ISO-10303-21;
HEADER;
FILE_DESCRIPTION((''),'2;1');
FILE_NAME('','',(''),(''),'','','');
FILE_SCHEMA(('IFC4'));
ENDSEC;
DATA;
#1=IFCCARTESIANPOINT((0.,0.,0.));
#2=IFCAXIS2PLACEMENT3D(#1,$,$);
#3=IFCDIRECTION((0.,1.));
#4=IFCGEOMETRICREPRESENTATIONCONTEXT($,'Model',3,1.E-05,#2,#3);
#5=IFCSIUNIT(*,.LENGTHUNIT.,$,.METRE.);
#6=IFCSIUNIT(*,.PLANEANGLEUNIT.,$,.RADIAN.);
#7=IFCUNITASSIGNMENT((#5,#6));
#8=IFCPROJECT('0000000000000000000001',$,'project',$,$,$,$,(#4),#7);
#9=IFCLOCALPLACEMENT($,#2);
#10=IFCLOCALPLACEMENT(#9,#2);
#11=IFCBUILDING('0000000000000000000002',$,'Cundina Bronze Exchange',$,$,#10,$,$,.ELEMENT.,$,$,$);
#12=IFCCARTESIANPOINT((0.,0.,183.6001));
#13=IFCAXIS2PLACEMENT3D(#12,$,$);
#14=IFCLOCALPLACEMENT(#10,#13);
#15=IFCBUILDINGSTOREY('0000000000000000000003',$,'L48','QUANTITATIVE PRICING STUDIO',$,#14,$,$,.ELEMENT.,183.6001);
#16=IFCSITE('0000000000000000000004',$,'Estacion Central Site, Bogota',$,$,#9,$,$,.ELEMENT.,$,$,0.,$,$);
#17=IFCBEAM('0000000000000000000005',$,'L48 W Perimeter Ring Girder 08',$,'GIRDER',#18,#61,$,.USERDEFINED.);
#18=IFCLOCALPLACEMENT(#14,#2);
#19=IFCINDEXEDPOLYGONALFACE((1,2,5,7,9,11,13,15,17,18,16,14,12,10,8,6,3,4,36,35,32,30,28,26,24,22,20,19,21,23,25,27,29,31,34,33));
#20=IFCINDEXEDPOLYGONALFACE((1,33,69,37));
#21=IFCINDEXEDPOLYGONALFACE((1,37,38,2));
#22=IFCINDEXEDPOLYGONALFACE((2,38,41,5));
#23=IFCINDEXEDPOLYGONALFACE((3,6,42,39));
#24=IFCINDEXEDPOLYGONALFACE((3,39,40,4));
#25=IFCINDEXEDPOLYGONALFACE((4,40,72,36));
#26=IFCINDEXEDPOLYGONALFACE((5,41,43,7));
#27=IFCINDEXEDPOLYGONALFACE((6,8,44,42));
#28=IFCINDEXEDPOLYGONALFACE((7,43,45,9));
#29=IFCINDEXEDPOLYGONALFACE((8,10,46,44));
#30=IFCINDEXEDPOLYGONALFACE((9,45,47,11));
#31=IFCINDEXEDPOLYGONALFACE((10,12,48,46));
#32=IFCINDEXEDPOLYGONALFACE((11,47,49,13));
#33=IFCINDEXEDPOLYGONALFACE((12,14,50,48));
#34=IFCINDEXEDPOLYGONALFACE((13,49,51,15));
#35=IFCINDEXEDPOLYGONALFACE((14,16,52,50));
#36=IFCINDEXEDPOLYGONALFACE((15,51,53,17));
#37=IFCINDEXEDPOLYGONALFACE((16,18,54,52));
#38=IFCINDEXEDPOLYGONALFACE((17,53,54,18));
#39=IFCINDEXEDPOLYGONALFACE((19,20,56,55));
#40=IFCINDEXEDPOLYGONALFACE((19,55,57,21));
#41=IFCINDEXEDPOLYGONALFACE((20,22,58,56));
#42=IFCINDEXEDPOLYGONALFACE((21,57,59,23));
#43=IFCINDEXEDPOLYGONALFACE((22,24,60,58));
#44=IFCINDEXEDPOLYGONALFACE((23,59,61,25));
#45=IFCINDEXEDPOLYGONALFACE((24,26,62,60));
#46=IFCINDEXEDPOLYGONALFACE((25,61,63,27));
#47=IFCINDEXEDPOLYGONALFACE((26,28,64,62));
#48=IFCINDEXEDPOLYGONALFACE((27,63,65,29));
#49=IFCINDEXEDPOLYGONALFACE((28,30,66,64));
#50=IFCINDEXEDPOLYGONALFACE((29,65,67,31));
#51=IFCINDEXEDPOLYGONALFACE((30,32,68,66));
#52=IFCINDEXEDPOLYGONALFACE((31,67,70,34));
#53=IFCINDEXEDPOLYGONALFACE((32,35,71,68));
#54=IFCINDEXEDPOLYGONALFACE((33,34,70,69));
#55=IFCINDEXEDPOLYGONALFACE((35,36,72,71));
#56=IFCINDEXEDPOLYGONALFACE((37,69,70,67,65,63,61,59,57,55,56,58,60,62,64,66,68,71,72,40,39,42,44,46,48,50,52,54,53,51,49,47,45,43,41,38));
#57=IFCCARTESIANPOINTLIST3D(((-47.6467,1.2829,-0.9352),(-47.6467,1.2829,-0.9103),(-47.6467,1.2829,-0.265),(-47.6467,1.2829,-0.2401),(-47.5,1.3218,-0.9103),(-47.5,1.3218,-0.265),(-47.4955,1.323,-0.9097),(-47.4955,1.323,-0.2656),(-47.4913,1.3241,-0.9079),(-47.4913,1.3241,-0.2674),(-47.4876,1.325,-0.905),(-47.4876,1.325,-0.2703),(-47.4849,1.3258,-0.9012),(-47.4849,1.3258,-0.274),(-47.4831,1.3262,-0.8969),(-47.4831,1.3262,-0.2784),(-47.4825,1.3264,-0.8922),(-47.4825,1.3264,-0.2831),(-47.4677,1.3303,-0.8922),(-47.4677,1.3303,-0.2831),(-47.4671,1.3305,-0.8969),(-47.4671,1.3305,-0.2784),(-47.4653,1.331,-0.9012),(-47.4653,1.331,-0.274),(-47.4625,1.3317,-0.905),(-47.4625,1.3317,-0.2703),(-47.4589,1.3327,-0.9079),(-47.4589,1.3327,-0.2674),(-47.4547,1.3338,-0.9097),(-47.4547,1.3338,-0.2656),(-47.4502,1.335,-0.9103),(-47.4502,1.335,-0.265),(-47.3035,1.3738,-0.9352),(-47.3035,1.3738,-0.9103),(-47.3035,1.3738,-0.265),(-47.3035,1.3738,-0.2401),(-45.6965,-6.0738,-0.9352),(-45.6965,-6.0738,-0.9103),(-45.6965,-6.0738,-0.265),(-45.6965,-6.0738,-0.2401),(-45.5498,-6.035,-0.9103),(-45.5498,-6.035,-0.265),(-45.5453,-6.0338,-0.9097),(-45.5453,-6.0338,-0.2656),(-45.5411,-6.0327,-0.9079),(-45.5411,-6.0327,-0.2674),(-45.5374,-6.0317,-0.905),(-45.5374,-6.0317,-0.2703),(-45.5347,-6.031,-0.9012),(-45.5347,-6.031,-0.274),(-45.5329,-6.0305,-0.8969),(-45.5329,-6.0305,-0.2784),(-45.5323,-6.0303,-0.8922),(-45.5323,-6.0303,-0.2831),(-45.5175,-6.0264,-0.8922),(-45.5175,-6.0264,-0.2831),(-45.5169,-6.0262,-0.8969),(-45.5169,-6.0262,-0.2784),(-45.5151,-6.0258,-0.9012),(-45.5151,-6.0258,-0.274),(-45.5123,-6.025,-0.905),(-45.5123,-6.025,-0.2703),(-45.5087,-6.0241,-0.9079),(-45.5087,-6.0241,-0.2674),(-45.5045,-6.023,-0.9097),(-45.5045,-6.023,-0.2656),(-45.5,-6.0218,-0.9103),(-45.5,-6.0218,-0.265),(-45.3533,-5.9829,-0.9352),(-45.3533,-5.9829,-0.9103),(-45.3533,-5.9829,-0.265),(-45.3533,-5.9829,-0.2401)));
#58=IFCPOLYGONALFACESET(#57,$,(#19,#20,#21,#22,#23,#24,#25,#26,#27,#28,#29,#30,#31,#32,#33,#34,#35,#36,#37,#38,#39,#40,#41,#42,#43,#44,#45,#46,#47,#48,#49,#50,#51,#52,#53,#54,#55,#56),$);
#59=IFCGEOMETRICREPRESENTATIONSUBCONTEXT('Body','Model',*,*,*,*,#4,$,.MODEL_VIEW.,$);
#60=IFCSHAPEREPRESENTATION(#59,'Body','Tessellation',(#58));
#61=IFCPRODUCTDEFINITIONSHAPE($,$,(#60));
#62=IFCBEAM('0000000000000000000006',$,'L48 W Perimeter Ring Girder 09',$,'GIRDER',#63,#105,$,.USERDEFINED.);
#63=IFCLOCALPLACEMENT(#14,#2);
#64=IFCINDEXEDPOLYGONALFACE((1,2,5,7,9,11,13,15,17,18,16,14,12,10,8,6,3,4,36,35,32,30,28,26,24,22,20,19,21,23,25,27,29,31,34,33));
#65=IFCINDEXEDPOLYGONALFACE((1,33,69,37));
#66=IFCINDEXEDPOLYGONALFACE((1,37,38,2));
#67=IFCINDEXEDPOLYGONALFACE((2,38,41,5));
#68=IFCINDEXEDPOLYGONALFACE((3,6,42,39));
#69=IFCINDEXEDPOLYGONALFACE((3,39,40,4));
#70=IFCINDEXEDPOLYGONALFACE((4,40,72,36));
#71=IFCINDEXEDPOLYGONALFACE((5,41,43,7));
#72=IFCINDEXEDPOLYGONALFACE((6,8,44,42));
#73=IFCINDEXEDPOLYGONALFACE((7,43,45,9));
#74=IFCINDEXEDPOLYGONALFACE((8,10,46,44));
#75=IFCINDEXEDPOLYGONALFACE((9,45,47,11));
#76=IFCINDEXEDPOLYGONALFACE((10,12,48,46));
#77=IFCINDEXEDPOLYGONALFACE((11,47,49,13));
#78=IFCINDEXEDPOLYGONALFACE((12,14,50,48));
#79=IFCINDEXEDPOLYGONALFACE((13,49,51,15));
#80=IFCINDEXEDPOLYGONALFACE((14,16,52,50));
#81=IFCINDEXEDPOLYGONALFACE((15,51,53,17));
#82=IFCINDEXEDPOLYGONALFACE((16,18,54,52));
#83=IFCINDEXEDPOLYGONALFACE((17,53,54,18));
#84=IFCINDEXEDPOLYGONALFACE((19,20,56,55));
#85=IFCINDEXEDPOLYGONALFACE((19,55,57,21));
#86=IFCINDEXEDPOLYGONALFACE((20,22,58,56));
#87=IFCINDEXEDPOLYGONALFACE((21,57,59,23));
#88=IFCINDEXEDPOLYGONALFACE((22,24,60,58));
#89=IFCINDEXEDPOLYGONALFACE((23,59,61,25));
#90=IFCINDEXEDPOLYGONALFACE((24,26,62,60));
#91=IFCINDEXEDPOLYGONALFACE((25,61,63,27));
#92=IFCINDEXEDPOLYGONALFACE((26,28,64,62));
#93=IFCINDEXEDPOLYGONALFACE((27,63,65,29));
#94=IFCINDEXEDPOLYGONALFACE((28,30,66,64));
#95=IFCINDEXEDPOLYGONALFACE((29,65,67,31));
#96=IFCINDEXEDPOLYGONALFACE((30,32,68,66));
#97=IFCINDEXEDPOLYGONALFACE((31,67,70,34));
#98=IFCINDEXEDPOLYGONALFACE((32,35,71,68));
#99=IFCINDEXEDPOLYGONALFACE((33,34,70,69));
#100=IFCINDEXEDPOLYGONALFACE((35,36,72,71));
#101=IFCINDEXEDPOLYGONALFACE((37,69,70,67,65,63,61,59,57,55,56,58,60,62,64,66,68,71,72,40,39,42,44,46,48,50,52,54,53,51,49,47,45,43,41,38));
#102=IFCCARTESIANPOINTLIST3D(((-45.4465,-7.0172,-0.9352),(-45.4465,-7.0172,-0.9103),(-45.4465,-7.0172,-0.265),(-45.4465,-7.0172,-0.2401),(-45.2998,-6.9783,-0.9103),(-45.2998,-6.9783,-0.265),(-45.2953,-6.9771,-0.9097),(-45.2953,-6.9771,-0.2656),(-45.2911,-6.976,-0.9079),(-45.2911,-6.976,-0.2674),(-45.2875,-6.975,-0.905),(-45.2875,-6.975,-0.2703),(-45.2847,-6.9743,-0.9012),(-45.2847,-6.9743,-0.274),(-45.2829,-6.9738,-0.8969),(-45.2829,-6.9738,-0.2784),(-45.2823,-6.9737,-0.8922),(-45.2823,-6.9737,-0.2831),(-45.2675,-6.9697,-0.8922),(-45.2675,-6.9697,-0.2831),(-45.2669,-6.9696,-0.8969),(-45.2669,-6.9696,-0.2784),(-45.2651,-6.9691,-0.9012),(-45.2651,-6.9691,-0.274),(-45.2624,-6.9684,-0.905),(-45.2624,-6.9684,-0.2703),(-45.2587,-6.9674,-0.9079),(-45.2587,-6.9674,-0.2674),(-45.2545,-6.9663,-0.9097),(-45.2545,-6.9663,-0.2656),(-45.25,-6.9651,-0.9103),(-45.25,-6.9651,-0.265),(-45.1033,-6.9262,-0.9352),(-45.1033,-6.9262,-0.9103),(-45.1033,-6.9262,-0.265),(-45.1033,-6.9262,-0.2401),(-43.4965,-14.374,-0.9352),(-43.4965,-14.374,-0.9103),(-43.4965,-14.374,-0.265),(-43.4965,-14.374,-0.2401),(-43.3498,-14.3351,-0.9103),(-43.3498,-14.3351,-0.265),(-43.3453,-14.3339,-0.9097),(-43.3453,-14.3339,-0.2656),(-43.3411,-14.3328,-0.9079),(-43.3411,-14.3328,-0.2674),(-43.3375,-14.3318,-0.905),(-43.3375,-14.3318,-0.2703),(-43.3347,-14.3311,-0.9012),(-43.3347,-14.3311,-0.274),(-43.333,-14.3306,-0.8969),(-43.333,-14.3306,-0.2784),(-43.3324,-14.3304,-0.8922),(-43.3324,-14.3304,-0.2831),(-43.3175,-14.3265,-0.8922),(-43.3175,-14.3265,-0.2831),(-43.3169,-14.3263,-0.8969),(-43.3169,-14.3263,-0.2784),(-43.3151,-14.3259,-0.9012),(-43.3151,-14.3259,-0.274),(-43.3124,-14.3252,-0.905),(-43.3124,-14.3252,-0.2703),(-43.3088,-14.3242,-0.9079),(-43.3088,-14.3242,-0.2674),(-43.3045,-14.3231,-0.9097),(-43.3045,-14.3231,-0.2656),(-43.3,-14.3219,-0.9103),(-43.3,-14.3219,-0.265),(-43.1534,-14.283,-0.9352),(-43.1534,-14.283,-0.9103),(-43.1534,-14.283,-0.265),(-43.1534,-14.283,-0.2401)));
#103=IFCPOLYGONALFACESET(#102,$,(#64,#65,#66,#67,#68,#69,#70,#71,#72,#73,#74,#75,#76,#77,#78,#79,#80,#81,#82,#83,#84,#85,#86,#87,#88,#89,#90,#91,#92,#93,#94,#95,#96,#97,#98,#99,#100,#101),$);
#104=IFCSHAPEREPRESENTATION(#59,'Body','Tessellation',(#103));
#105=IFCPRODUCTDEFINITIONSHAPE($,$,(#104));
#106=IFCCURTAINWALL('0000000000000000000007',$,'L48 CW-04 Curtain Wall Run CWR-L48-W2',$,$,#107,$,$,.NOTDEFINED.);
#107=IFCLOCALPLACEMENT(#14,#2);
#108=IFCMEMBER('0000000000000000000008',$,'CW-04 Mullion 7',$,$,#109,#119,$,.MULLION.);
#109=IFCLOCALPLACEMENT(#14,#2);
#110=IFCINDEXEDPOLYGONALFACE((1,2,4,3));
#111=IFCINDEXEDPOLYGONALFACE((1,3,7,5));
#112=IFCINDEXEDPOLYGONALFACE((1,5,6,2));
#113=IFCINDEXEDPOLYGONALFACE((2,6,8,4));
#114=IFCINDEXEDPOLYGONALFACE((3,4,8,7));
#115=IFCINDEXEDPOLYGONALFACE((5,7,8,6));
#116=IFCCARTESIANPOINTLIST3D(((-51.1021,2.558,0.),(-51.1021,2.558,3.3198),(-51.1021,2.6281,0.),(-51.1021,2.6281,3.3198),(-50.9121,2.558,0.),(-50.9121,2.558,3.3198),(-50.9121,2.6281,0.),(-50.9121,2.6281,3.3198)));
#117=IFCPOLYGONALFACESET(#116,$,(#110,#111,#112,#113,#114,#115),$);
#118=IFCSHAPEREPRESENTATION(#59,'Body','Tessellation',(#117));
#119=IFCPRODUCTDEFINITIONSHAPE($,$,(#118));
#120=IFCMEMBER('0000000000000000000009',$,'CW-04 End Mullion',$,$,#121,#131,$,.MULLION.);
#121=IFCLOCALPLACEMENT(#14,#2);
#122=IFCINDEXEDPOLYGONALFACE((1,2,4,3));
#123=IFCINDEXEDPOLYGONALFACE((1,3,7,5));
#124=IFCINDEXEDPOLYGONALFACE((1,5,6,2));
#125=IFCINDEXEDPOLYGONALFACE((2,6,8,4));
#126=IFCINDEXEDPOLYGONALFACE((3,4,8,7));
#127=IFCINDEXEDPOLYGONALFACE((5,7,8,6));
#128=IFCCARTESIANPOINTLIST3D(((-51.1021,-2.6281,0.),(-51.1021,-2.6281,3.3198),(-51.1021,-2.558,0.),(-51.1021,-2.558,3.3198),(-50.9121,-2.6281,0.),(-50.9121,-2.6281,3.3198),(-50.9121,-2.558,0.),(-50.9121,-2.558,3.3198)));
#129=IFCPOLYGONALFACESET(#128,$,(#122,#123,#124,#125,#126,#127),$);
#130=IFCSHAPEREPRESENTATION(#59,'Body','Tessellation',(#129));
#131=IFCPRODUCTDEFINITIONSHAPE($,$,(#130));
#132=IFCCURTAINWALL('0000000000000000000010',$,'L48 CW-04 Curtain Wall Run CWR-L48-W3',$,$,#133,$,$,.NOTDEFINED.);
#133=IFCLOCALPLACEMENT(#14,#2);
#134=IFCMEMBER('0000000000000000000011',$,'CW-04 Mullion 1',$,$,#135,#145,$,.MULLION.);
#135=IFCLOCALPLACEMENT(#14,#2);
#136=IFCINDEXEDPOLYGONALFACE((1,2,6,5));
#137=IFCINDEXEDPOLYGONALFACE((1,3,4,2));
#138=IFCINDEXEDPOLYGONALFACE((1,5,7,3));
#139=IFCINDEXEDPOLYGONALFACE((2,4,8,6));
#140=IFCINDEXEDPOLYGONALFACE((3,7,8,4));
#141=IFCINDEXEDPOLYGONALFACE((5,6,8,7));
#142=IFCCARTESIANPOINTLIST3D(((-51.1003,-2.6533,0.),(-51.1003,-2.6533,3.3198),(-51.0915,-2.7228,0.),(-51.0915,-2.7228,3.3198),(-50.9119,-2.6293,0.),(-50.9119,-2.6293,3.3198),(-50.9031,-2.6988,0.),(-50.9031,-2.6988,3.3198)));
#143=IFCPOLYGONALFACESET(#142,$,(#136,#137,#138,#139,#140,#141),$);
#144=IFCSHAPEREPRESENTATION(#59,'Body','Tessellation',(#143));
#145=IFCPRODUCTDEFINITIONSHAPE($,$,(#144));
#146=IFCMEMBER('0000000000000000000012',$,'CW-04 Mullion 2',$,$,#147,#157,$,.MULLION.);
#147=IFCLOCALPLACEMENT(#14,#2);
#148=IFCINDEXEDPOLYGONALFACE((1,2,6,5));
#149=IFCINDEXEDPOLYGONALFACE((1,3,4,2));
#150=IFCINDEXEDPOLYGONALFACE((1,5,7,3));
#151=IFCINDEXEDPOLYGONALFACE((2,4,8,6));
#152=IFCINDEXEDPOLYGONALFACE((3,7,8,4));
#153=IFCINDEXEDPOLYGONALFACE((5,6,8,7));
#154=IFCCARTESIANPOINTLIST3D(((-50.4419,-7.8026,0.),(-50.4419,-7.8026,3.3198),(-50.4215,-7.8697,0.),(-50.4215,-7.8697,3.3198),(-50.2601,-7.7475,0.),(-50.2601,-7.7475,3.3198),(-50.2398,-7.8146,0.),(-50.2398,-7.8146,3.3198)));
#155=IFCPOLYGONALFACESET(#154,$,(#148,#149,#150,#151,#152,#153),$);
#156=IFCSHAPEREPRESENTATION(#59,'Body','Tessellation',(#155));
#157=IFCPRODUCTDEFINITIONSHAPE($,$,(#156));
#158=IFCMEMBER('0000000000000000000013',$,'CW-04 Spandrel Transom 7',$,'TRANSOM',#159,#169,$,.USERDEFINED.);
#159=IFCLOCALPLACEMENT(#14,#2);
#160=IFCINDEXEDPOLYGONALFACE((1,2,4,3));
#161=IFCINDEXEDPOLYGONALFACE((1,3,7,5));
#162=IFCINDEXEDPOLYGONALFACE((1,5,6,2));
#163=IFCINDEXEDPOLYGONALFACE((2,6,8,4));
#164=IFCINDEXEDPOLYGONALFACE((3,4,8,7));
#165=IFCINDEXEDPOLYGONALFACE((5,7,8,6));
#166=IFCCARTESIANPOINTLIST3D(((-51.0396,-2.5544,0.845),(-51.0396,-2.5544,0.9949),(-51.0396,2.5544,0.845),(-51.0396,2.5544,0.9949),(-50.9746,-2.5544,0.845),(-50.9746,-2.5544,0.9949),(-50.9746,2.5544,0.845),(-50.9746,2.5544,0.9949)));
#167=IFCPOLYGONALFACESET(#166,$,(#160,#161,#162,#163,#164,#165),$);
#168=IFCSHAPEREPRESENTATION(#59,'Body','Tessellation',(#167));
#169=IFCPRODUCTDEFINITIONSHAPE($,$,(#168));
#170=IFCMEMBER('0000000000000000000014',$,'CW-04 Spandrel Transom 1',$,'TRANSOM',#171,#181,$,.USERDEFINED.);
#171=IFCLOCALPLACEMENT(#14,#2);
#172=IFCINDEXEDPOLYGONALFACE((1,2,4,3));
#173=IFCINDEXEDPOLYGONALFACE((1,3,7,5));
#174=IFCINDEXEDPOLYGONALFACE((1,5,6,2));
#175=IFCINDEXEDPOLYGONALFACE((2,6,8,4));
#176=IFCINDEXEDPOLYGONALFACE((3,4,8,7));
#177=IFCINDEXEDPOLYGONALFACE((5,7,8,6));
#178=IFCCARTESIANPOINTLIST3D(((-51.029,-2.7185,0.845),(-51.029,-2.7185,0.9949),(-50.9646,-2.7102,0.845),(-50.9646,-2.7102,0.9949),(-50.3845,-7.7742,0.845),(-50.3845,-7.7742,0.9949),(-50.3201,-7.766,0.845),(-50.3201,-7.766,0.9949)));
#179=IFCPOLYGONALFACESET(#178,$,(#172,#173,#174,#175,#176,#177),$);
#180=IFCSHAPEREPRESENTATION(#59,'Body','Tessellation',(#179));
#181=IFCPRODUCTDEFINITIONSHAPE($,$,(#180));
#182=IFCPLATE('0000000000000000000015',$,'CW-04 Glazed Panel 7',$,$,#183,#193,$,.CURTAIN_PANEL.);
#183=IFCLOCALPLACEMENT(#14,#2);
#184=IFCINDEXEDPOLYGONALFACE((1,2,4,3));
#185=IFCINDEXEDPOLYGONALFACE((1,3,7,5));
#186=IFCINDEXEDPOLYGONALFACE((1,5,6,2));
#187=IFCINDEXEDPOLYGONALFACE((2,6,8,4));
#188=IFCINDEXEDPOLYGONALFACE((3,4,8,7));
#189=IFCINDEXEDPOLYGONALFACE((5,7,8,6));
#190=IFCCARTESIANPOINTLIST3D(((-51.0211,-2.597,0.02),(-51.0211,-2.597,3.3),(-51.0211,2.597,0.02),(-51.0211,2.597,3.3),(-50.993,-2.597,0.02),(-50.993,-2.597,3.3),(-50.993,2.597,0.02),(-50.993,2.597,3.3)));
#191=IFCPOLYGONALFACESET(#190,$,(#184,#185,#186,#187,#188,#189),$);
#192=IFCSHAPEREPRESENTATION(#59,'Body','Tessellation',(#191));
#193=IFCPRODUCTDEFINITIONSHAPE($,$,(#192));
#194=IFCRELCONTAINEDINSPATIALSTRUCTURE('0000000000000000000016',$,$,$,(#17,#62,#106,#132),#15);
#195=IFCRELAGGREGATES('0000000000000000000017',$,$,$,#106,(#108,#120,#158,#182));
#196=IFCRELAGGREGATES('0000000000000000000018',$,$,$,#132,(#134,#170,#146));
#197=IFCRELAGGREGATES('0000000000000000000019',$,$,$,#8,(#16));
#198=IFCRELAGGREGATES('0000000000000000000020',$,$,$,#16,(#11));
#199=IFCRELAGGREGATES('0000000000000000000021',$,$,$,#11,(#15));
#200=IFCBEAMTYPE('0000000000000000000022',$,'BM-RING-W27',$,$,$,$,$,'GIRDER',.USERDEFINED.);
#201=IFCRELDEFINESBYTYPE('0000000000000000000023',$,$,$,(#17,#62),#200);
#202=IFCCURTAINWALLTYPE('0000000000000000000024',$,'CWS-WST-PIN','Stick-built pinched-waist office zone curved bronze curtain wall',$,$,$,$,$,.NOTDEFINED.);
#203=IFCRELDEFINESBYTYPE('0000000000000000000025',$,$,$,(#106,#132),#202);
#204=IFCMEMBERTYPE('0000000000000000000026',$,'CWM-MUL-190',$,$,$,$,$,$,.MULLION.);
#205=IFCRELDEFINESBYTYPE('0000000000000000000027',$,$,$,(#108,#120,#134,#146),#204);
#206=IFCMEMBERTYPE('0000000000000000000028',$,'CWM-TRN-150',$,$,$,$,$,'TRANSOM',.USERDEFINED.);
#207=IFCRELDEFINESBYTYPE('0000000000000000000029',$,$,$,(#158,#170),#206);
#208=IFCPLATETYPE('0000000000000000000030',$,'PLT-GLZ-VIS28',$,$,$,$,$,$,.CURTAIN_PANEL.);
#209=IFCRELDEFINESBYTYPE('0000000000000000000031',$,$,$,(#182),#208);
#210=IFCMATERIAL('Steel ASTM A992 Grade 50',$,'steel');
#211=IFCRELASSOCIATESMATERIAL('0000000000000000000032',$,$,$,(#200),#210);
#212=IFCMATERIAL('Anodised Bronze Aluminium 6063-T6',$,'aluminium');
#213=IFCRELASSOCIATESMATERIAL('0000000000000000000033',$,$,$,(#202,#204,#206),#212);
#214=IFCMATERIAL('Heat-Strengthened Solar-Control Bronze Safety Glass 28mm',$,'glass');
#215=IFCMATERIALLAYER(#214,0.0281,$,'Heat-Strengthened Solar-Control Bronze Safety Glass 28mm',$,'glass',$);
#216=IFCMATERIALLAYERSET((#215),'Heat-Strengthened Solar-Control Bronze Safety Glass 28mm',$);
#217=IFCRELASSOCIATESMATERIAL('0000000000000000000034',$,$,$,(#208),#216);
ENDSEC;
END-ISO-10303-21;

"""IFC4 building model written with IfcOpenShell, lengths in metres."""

from ifc_helpers import new_model, si_unit, direction, frame, origin, origin_2d, place, context, subcontext, project, spatial, rectangle, i_section, extrude, material, layer, layer_set, material_profile, profile_set, type_object, element, aggregate, save


model = new_model("IFC4")

# Units and contexts
model_context = context("Model", 3, precision=1e-05, world=origin(), true_north=direction((0.0, 1.0)))
body_context = subcontext(model_context, "Body", "Model", "MODEL_VIEW")
ifc_project = project(units=[si_unit("LENGTHUNIT", "METRE"), si_unit("PLANEANGLEUNIT", "RADIAN")], contexts=[model_context])

# Site, building, storey
site_placement = place(None, origin())
site = spatial("IfcSite", under=ifc_project, at=site_placement, Name="Estacion Central Site, Bogota", CompositionType="ELEMENT", RefElevation=0.0)
building_placement = place(site_placement, origin())
building = spatial("IfcBuilding", under=site, at=building_placement, Name="Cundina Bronze Exchange", CompositionType="ELEMENT")
storey_placement = place(building_placement, frame((0.0, 0.0, 183.6001)))
storey = spatial("IfcBuildingStorey", under=building, at=storey_placement, Name="L48", Description="QUANTITATIVE PRICING STUDIO", CompositionType="ELEMENT", Elevation=183.6001)

# Beams
ifc_material_1 = material(Name="Steel ASTM A992 Grade 50", Category="steel")
ifc_material_profile_1 = material_profile(ifc_material_1, i_section(OverallWidth=0.355, OverallDepth=0.6951, WebThickness=0.0154, FlangeThickness=0.0249, FilletRadius=0.0181, at=origin_2d()), Name="W27X146", Category="steel")
ifc_profile_set_1 = profile_set([ifc_material_profile_1], Name="Steel ASTM A992 Grade 50")
beam_type_1 = type_object("IfcBeamType", Name="BM-RING-W27", ElementType="GIRDER", PredefinedType="USERDEFINED", material=ifc_profile_set_1)
for number, where, z_axis, x_axis, name in (
    (1, (-47.4751, 1.3284, -0.5876), (0.256241, -0.966613, 0.0), (0.966613, 0.256241, 0.0), "L48 W Perimeter Ring Girder 08"),
    (2, (-45.2749, -6.9717, -0.5876), (0.256211, -0.966621, 0.0), (0.966621, 0.256211, 0.0), "L48 W Perimeter Ring Girder 09"),
):
    element("IfcBeam", number, at=place(storey_placement, frame(where, z_axis=z_axis, x_axis=x_axis)), inside=storey, type_object=beam_type_1, Name=name, ObjectType="GIRDER", PredefinedType="USERDEFINED", context=body_context, shape_type="SweptSolid", body=[
        extrude(i_section(OverallWidth=0.355, OverallDepth=0.6951, WebThickness=0.0154, FlangeThickness=0.0249, FilletRadius=0.0181, at=origin_2d()), origin(), (0.0, 0.0, 1.0), 7.6108),
    ])

# Curtain walls, members
ifc_material_2 = material(Name="Anodised Bronze Aluminium 6063-T6", Category="aluminium")
curtain_wall_type = type_object("IfcCurtainWallType", Name="CWS-WST-PIN", Description="Stick-built pinched-waist office zone curved bronze curtain wall", PredefinedType="NOTDEFINED", material=ifc_material_2)
curtain_wall_1_placement = place(storey_placement, origin())
curtain_wall_1 = element("IfcCurtainWall", 3, at=curtain_wall_1_placement, inside=storey, type_object=curtain_wall_type, Name="L48 CW-04 Curtain Wall Run CWR-L48-W2", PredefinedType="NOTDEFINED")
ifc_material_profile_2 = material_profile(ifc_material_2, rectangle(XDim=0.0701, YDim=0.1899, at=origin_2d()), Name="AL70X190", Category="aluminium")
ifc_profile_set_2 = profile_set([ifc_material_profile_2], Name="Anodised Bronze Aluminium 6063-T6")
member_type_1 = type_object("IfcMemberType", Name="CWM-MUL-190", PredefinedType="MULLION", material=ifc_profile_set_2)
member_1_placement = place(storey_placement, frame((-51.0071, 2.593, 0.0), z_axis=(0.0, 0.0, 1.0), x_axis=(0.0, -1.0, 0.0)))
member_1 = element("IfcMember", 4, at=member_1_placement, type_object=member_type_1, Name="CW-04 Mullion 7", PredefinedType="MULLION", context=body_context, shape_type="SweptSolid", body=[
    extrude(rectangle(XDim=0.0701, YDim=0.1899, at=origin_2d()), origin(), (0.0, 0.0, 1.0), 3.3198),
])
member_2_placement = place(storey_placement, frame((-51.0071, -2.593, 0.0), z_axis=(0.0, 0.0, 1.0), x_axis=(0.0, -1.0, 0.0)))
member_2 = element("IfcMember", 5, at=member_2_placement, type_object=member_type_1, Name="CW-04 End Mullion", PredefinedType="MULLION", context=body_context, shape_type="SweptSolid", body=[
    extrude(rectangle(XDim=0.0701, YDim=0.1899, at=origin_2d()), origin(), (0.0, 0.0, 1.0), 3.3198),
])
curtain_wall_2_placement = place(storey_placement, origin())
curtain_wall_2 = element("IfcCurtainWall", 6, at=curtain_wall_2_placement, inside=storey, type_object=curtain_wall_type, Name="L48 CW-04 Curtain Wall Run CWR-L48-W3", PredefinedType="NOTDEFINED")
member_3_placement = place(storey_placement, frame((-51.0017, -2.676, 0.0), z_axis=(0.0, 0.0, 1.0), x_axis=(0.126545, -0.991961, 0.0)))
member_3 = element("IfcMember", 7, at=member_3_placement, type_object=member_type_1, Name="CW-04 Mullion 1", PredefinedType="MULLION", context=body_context, shape_type="SweptSolid", body=[
    extrude(rectangle(XDim=0.0701, YDim=0.1899, at=origin_2d()), origin(), (0.0, 0.0, 1.0), 3.3198),
])
member_4_placement = place(storey_placement, frame((-50.3408, -7.8086, 0.0), z_axis=(0.0, 0.0, 1.0), x_axis=(0.290034, -0.957016, 0.0)))
member_4 = element("IfcMember", 8, at=member_4_placement, type_object=member_type_1, Name="CW-04 Mullion 2", PredefinedType="MULLION", context=body_context, shape_type="SweptSolid", body=[
    extrude(rectangle(XDim=0.0701, YDim=0.1899, at=origin_2d()), origin(), (0.0, 0.0, 1.0), 3.3198),
])

# Members
ifc_material_profile_3 = material_profile(ifc_material_2, rectangle(XDim=0.0649, YDim=0.1499, at=origin_2d()), Name="AL65X150", Category="aluminium")
ifc_profile_set_3 = profile_set([ifc_material_profile_3], Name="Anodised Bronze Aluminium 6063-T6")
member_type_2 = type_object("IfcMemberType", Name="CWM-TRN-150", ElementType="TRANSOM", PredefinedType="USERDEFINED", material=ifc_profile_set_3)
member_5_placement = place(storey_placement, frame((-51.0071, 2.5544, 0.9199), z_axis=(0.0, -1.0, 0.0), x_axis=(1.0, 0.0, 0.0)))
member_5 = element("IfcMember", 9, at=member_5_placement, type_object=member_type_2, Name="CW-04 Spandrel Transom 7", ObjectType="TRANSOM", PredefinedType="USERDEFINED", context=body_context, shape_type="SweptSolid", body=[
    extrude(rectangle(XDim=0.0649, YDim=0.1499, at=origin_2d()), origin(), (0.0, 0.0, 1.0), 5.1089),
])
member_6_placement = place(storey_placement, frame((-50.9968, -2.7144, 0.9199), z_axis=(0.126463, -0.991971, 0.0), x_axis=(0.991971, 0.126463, 0.0)))
member_6 = element("IfcMember", 10, at=member_6_placement, type_object=member_type_2, Name="CW-04 Spandrel Transom 1", ObjectType="TRANSOM", PredefinedType="USERDEFINED", context=body_context, shape_type="SweptSolid", body=[
    extrude(rectangle(XDim=0.0649, YDim=0.1499, at=origin_2d()), origin(), (0.0, 0.0, 1.0), 5.0967),
])

# Plate
ifc_material_3 = material(Name="Heat-Strengthened Solar-Control Bronze Safety Glass 28mm", Category="glass")
ifc_layer_1 = layer(ifc_material_3, 0.0281, Name="Heat-Strengthened Solar-Control Bronze Safety Glass 28mm", Category="glass")
ifc_layer_set_1 = layer_set([ifc_layer_1], Name="Heat-Strengthened Solar-Control Bronze Safety Glass 28mm")
plate_type = type_object("IfcPlateType", Name="PLT-GLZ-VIS28", PredefinedType="CURTAIN_PANEL", material=ifc_layer_set_1)
plate_1_placement = place(storey_placement, frame((-51.0071, 0.0, 0.02), z_axis=(0.0, 0.0, 1.0), x_axis=(0.0, -1.0, 0.0)))
plate_1 = element("IfcPlate", 11, at=plate_1_placement, type_object=plate_type, Name="CW-04 Glazed Panel 7", PredefinedType="CURTAIN_PANEL", context=body_context, shape_type="SweptSolid", body=[
    extrude(rectangle(XDim=5.1941, YDim=0.0281, at=origin_2d()), origin(), (0.0, 0.0, 1.0), 3.28),
])
aggregate(curtain_wall_1, [member_1, member_2, member_5, plate_1])
aggregate(curtain_wall_2, [member_3, member_6, member_4])

save(model, "model.ifc")
